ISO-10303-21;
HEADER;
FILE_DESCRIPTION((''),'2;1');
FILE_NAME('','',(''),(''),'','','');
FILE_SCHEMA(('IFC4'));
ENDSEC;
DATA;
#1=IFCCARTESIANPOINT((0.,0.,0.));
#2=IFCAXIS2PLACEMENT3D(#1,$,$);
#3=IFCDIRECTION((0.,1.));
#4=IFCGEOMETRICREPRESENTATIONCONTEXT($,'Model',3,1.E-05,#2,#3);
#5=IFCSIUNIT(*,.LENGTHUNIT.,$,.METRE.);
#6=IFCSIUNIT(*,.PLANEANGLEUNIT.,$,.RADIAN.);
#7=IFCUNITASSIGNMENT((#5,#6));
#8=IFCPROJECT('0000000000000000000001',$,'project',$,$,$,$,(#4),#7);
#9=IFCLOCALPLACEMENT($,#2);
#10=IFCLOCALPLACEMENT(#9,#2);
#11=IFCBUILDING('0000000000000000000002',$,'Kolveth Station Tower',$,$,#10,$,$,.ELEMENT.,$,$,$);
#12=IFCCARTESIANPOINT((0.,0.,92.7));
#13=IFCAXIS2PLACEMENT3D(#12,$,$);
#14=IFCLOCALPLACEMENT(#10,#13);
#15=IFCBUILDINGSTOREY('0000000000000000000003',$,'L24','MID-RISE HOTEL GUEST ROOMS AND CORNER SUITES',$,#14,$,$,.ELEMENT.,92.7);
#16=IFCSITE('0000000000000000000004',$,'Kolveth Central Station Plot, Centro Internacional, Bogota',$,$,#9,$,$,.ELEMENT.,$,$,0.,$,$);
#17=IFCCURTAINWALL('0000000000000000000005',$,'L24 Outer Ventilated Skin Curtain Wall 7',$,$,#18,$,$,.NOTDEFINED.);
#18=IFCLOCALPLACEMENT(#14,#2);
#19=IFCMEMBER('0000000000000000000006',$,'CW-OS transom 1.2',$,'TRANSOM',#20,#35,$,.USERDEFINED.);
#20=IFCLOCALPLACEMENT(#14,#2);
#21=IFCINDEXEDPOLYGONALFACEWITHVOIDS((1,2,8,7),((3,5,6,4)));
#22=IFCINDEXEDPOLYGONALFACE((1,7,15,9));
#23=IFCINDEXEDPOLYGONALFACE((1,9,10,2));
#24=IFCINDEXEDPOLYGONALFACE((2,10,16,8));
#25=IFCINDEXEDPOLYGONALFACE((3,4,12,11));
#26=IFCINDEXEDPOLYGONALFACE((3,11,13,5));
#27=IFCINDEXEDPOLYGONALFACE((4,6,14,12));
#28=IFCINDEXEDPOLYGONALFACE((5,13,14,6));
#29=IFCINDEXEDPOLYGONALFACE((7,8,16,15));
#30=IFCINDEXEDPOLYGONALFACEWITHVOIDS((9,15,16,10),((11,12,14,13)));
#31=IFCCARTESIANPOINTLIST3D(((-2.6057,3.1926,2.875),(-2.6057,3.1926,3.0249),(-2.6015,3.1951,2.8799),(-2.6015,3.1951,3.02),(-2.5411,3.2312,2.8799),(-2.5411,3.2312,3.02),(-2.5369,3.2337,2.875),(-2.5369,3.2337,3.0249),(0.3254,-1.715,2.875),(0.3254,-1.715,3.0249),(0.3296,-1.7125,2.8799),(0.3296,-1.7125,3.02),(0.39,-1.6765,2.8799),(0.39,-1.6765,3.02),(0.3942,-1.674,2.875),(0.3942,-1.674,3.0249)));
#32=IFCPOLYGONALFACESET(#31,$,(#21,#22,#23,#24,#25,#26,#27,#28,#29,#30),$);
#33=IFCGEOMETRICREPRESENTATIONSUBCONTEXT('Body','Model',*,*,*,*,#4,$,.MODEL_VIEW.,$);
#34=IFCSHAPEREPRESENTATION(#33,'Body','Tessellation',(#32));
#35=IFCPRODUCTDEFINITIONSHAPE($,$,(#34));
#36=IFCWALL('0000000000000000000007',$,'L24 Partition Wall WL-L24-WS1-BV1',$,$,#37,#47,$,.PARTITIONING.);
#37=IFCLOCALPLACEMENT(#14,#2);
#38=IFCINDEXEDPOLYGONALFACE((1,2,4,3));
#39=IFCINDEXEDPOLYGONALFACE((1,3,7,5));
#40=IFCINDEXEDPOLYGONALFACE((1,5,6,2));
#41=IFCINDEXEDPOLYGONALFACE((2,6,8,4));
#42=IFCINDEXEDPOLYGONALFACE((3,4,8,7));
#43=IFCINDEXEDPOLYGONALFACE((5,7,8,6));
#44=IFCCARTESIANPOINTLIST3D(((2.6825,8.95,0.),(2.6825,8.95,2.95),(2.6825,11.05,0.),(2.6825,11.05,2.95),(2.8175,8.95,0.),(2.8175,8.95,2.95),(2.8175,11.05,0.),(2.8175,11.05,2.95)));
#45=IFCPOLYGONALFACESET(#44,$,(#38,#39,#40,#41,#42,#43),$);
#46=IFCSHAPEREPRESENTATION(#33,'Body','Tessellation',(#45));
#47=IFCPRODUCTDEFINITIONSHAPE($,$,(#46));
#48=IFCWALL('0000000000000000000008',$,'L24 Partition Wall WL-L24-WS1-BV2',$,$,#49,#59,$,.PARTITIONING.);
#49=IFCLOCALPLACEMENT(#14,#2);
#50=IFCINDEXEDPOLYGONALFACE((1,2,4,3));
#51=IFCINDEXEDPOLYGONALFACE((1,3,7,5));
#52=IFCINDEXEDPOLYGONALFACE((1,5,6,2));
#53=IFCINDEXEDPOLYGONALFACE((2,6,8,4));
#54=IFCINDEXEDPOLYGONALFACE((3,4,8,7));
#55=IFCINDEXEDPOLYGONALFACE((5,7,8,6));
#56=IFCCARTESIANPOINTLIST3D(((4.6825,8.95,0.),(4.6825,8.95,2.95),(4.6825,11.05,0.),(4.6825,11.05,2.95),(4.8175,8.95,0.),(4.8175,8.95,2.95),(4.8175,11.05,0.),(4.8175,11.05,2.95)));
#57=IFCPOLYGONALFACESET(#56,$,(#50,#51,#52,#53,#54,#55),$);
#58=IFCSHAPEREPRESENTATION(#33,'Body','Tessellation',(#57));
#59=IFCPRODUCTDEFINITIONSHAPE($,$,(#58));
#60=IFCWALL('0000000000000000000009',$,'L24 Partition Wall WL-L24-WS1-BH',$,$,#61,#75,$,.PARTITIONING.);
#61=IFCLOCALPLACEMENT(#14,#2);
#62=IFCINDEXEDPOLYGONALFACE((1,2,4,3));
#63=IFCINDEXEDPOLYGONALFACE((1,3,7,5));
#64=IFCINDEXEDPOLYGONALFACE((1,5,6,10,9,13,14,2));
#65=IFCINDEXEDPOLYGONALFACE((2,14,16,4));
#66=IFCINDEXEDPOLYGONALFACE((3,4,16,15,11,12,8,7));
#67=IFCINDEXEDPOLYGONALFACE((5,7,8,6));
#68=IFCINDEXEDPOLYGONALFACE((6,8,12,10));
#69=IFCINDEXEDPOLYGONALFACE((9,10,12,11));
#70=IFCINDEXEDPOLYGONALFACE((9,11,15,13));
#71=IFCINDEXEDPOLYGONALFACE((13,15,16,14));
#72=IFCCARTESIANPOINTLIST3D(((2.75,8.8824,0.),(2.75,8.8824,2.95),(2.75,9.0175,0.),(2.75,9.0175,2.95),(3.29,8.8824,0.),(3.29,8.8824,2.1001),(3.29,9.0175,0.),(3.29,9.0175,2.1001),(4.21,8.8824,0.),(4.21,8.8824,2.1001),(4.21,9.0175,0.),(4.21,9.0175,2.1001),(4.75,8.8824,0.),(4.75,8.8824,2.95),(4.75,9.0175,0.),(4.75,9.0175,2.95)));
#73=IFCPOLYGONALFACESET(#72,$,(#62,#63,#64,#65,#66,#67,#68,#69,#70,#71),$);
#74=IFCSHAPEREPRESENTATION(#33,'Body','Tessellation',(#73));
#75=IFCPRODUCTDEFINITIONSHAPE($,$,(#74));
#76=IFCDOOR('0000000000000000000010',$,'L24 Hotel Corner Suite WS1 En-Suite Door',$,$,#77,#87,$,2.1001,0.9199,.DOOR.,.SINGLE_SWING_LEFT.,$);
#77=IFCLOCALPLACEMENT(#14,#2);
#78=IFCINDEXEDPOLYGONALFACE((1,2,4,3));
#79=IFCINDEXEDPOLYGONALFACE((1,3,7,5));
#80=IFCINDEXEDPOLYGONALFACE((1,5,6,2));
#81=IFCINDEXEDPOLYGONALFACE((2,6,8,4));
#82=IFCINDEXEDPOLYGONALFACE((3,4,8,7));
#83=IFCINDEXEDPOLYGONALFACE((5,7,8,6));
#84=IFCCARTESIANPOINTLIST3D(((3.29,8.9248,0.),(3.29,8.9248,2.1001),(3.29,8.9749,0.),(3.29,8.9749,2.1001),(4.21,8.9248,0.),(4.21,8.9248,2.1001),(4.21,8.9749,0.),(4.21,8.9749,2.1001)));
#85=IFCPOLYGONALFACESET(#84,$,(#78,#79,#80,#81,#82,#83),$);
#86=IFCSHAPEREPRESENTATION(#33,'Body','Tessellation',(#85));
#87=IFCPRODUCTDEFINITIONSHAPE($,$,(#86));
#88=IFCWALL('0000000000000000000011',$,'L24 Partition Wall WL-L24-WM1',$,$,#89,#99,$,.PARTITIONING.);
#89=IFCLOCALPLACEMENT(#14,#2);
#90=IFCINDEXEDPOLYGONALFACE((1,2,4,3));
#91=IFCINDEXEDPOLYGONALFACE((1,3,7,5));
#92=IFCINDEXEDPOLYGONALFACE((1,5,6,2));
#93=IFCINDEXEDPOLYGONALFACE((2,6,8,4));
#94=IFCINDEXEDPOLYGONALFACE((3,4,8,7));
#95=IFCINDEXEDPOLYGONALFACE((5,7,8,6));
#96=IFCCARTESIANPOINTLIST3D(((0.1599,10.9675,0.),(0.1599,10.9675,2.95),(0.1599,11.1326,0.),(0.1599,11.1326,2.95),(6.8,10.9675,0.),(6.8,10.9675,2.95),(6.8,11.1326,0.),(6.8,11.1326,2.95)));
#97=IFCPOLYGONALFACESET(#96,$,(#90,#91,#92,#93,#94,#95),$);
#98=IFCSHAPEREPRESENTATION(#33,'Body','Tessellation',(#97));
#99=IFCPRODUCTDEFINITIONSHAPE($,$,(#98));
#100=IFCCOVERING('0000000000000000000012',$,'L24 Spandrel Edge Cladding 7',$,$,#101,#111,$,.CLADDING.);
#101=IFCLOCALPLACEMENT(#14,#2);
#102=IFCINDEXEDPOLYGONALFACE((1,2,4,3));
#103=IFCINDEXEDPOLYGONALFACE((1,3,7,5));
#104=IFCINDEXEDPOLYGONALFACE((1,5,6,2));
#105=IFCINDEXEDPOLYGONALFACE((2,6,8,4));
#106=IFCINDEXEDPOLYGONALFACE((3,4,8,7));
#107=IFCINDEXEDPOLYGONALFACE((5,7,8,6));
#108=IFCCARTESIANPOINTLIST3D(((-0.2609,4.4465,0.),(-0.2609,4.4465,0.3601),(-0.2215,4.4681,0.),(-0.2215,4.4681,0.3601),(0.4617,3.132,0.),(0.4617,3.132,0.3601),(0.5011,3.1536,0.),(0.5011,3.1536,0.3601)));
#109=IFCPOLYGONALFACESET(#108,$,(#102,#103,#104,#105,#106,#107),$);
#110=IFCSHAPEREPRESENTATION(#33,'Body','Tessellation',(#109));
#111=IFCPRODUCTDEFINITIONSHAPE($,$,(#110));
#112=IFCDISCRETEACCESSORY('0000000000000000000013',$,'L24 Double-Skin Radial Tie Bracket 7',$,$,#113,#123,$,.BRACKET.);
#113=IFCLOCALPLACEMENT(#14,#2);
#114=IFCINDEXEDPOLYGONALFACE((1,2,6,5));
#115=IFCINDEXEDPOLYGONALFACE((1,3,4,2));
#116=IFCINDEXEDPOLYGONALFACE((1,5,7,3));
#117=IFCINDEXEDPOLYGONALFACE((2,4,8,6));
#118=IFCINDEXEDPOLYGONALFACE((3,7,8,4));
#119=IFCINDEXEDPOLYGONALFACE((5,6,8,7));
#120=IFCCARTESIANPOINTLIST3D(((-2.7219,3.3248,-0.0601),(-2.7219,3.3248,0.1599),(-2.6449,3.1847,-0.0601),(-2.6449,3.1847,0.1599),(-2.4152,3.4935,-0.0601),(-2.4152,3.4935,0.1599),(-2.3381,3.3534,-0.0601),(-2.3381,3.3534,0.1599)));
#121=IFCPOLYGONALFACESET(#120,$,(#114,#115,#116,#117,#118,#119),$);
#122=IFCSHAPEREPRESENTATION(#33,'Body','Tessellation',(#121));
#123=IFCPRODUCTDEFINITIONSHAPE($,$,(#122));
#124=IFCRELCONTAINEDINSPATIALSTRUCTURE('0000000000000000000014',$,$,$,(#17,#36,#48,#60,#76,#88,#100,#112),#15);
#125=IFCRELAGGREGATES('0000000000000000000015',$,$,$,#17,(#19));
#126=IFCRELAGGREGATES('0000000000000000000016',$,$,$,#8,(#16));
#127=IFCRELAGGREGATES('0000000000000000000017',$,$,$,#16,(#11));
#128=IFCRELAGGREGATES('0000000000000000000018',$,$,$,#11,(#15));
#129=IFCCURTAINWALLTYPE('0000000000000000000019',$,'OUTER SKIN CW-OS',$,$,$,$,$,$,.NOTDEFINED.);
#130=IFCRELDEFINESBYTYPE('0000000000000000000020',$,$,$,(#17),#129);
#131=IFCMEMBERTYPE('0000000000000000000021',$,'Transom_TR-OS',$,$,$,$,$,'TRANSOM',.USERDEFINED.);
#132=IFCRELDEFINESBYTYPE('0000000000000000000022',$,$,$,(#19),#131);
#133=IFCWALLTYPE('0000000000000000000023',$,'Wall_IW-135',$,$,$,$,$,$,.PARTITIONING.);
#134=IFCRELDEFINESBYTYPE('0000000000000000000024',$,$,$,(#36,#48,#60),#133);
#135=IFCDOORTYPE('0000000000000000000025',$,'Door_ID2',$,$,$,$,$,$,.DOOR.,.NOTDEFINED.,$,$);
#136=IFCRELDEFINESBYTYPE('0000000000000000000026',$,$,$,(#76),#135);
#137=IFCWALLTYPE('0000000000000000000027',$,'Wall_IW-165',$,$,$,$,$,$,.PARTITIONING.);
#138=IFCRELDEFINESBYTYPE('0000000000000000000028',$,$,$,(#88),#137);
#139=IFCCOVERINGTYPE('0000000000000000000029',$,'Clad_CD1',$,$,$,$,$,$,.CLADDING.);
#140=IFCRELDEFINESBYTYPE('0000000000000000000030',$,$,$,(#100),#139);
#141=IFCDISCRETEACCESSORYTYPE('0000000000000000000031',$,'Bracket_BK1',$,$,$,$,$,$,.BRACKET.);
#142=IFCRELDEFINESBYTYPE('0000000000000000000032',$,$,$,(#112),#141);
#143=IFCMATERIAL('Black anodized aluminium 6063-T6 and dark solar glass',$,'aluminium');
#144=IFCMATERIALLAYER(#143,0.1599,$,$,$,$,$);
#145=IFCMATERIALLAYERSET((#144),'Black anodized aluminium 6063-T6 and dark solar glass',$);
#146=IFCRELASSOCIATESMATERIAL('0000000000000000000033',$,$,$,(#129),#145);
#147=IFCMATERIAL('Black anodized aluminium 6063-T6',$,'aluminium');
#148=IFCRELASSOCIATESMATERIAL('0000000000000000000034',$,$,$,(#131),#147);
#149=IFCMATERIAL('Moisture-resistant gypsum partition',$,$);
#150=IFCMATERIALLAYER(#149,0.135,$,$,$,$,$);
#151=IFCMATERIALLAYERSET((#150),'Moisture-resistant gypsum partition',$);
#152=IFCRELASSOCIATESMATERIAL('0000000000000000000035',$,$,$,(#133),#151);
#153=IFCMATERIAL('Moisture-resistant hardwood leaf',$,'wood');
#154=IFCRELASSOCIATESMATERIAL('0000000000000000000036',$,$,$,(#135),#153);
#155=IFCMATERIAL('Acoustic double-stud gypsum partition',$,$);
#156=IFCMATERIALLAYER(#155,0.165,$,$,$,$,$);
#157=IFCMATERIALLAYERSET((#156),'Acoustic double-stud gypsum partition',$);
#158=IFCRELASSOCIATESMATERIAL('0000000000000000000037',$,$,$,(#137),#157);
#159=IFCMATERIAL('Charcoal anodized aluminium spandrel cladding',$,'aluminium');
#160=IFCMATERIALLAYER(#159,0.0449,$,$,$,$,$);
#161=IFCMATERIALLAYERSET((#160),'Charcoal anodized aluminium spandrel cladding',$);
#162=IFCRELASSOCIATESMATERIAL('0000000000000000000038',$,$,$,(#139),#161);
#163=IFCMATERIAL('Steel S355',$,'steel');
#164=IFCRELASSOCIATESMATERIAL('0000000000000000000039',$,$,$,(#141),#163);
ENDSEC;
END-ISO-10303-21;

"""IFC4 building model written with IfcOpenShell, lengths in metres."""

from ifc_helpers import new_model, si_unit, direction, frame, frame_2d, origin, origin_2d, place, context, subcontext, project, spatial, rectangle, hollow_rectangle, extrude, source, transform, mapped, material, layer, layer_set, material_profile, profile_set, type_object, element, fill, aggregate, save


model = new_model("IFC4")

# Units and contexts
model_context = context("Model", 3, precision=1e-05, world=origin(), true_north=direction((0.0, 1.0)))
body_context = subcontext(model_context, "Body", "Model", "MODEL_VIEW")
ifc_project = project(units=[si_unit("LENGTHUNIT", "METRE"), si_unit("PLANEANGLEUNIT", "RADIAN")], contexts=[model_context])

# Site, building, storey
site_placement = place(None, origin())
site = spatial("IfcSite", under=ifc_project, at=site_placement, Name="Kolveth Central Station Plot, Centro Internacional, Bogota", CompositionType="ELEMENT", RefElevation=0.0)
building_placement = place(site_placement, origin())
building = spatial("IfcBuilding", under=site, at=building_placement, Name="Kolveth Station Tower", CompositionType="ELEMENT")
storey_placement = place(building_placement, frame((0.0, 0.0, 92.7)))
storey = spatial("IfcBuildingStorey", under=building, at=storey_placement, Name="L24", Description="MID-RISE HOTEL GUEST ROOMS AND CORNER SUITES", CompositionType="ELEMENT", Elevation=92.7)

# Shared definitions
ifc_material_1 = material(Name="Steel S355", Category="steel")

# Shared definitions
ifc_material_2 = material(Name="Black anodized aluminium 6063-T6", Category="aluminium")

# Shared definitions
ifc_material_3 = material(Name="Black anodized aluminium 6063-T6 and dark solar glass", Category="aluminium")
ifc_layer_1 = layer(ifc_material_3, 0.1599)
ifc_layer_set_1 = layer_set([ifc_layer_1], Name="Black anodized aluminium 6063-T6 and dark solar glass")
curtain_wall_type_1 = type_object("IfcCurtainWallType", Name="OUTER SKIN CW-OS", PredefinedType="NOTDEFINED", material=ifc_layer_set_1)

# Curtain wall, member
curtain_wall_1_placement = place(storey_placement, origin())
curtain_wall_1 = element("IfcCurtainWall", 1, at=curtain_wall_1_placement, inside=storey, type_object=curtain_wall_type_1, Name="L24 Outer Ventilated Skin Curtain Wall 7", PredefinedType="NOTDEFINED")
ifc_material_profile_1 = material_profile(ifc_material_2, hollow_rectangle(XDim=0.0801, YDim=0.1499, WallThickness=0.0049, at=origin_2d()), Name="ALU-80x150x5")
ifc_profile_set_1 = profile_set([ifc_material_profile_1], Name="Black anodized aluminium 6063-T6")
member_type_1 = type_object("IfcMemberType", Name="Transom_TR-OS", ElementType="TRANSOM", PredefinedType="USERDEFINED", material=ifc_profile_set_1)
shared_shape_1 = source(origin(), body_context, "Body", "SweptSolid", [
    extrude(hollow_rectangle(XDim=0.0801, YDim=0.1499, WallThickness=0.0049, at=origin_2d()), origin(), (0.0, 0.0, 1.0), 5.7163),
])
member_1_placement = place(storey_placement, frame((-2.5713, 3.2131, 2.95), z_axis=(0.512761, -0.858531, 0.0), x_axis=(0.858531, 0.512761, 0.0)))
member_1 = element("IfcMember", 2, at=member_1_placement, type_object=member_type_1, Name="CW-OS transom 1.2", ObjectType="TRANSOM", PredefinedType="USERDEFINED", context=body_context, shape_type="MappedRepresentation", body=[
    mapped(shared_shape_1, transform((0.0, 0.0, 0.0), x_axis=(1.0, 0.0, 0.0), y_axis=(0.0, 1.0, 0.0), z_axis=(0.0, 0.0, 1.0), scale=1.0)),
])
aggregate(curtain_wall_1, [member_1])

# Walls
ifc_material_4 = material(Name="Moisture-resistant gypsum partition")
ifc_layer_2 = layer(ifc_material_4, 0.135)
ifc_layer_set_2 = layer_set([ifc_layer_2], Name="Moisture-resistant gypsum partition")
wall_type_1 = type_object("IfcWallType", Name="Wall_IW-135", PredefinedType="PARTITIONING", material=ifc_layer_set_2)
for number, where, z_axis, x_axis, name in (
    (3, (2.75, 8.95, 0.0), (0.0, 0.0, 1.0), (0.0, 1.0, 0.0), "L24 Partition Wall WL-L24-WS1-BV1"),
    (4, (4.75, 8.95, 0.0), (0.0, 0.0, 1.0), (0.0, 1.0, 0.0), "L24 Partition Wall WL-L24-WS1-BV2"),
):
    element("IfcWall", number, at=place(storey_placement, frame(where, z_axis=z_axis, x_axis=x_axis)), inside=storey, type_object=wall_type_1, Name=name, PredefinedType="PARTITIONING", context=body_context, shape_type="SweptSolid", body=[
        extrude(rectangle(XDim=2.1001, YDim=0.135, at=frame_2d((1.05, 0.0))), origin(), (0.0, 0.0, 1.0), 2.95),
    ])

# Wall, opening, door
wall_1_placement = place(storey_placement, frame((2.75, 8.95, 0.0), z_axis=(0.0, 0.0, 1.0), x_axis=(1.0, 0.0, 0.0)))
wall_1 = element("IfcWall", 5, at=wall_1_placement, inside=storey, type_object=wall_type_1, Name="L24 Partition Wall WL-L24-WS1-BH", PredefinedType="PARTITIONING", context=body_context, shape_type="SweptSolid", body=[
    extrude(rectangle(XDim=2.0, YDim=0.135, at=frame_2d((1.0, 0.0))), origin(), (0.0, 0.0, 1.0), 2.95),
])
opening_placement = place(wall_1_placement, frame((0.54, 0.0, 0.0)))
opening = element("IfcOpeningElement", 6, at=opening_placement, cuts=wall_1, PredefinedType="OPENING", context=body_context, shape_type="SweptSolid", body=[
    extrude(rectangle(XDim=0.9199, YDim=2.1001, at=frame_2d((0.46, 1.05))), frame((0.0, 0.0774, 0.0), z_axis=(0.0, -1.0, 0.0), x_axis=(1.0, 0.0, 0.0)), (0.0, 0.0, 1.0), 0.155),
])
ifc_material_5 = material(Name="Moisture-resistant hardwood leaf", Category="wood")
door_type = type_object("IfcDoorType", Name="Door_ID2", OperationType="NOTDEFINED", PredefinedType="DOOR", material=ifc_material_5)
door_placement = place(opening_placement, origin())
door = element("IfcDoor", 7, at=door_placement, inside=storey, type_object=door_type, Name="L24 Hotel Corner Suite WS1 En-Suite Door", OperationType="SINGLE_SWING_LEFT", OverallHeight=2.1001, OverallWidth=0.9199, PredefinedType="DOOR", context=body_context, shape_type="SweptSolid", body=[
    extrude(rectangle(XDim=0.9199, YDim=2.1001, at=frame_2d((0.46, 1.05))), frame((0.0, 0.0249, 0.0), z_axis=(0.0, -1.0, 0.0), x_axis=(1.0, 0.0, 0.0)), (0.0, 0.0, 1.0), 0.05),
])
fill(opening, door)

# Wall
ifc_material_6 = material(Name="Acoustic double-stud gypsum partition")
ifc_layer_3 = layer(ifc_material_6, 0.165)
ifc_layer_set_3 = layer_set([ifc_layer_3], Name="Acoustic double-stud gypsum partition")
wall_type_2 = type_object("IfcWallType", Name="Wall_IW-165", PredefinedType="PARTITIONING", material=ifc_layer_set_3)
wall_2_placement = place(storey_placement, frame((0.1599, 11.05, 0.0), z_axis=(0.0, 0.0, 1.0), x_axis=(1.0, 0.0, 0.0)))
element("IfcWall", 8, at=wall_2_placement, inside=storey, type_object=wall_type_2, Name="L24 Partition Wall WL-L24-WM1", PredefinedType="PARTITIONING", context=body_context, shape_type="SweptSolid", body=[
    extrude(rectangle(XDim=6.6401, YDim=0.165, at=frame_2d((3.3201, 0.0))), origin(), (0.0, 0.0, 1.0), 2.95),
])

# Covering
ifc_material_7 = material(Name="Charcoal anodized aluminium spandrel cladding", Category="aluminium")
ifc_layer_4 = layer(ifc_material_7, 0.0449)
ifc_layer_set_4 = layer_set([ifc_layer_4], Name="Charcoal anodized aluminium spandrel cladding")
covering_type = type_object("IfcCoveringType", Name="Clad_CD1", PredefinedType="CLADDING", material=ifc_layer_set_4)
shared_shape_2 = source(origin(), body_context, "Body", "SweptSolid", [
    extrude(rectangle(XDim=1.5, YDim=0.0449, at=origin_2d()), origin(), (0.0, 0.0, 1.0), 0.3601),
])
covering_placement = place(storey_placement, frame((0.1201, 3.8, 0.0), z_axis=(0.0, 0.0, 1.0), x_axis=(0.481754, -0.876307, 0.0)))
element("IfcCovering", 9, at=covering_placement, inside=storey, type_object=covering_type, Name="L24 Spandrel Edge Cladding 7", PredefinedType="CLADDING", context=body_context, shape_type="MappedRepresentation", body=[
    mapped(shared_shape_2, transform((0.0, 0.0, 0.0), x_axis=(1.0, 0.0, 0.0), y_axis=(0.0, 1.0, 0.0), z_axis=(0.0, 0.0, 1.0), scale=1.0)),
])

# Discrete accessory
discrete_accessory_type = type_object("IfcDiscreteAccessoryType", Name="Bracket_BK1", PredefinedType="BRACKET", material=ifc_material_1)
shared_shape_3 = source(origin(), body_context, "Body", "SweptSolid", [
    extrude(rectangle(XDim=0.3501, YDim=0.1599, at=origin_2d()), origin(), (0.0, 0.0, 1.0), 0.22),
])
discrete_accessory_placement = place(storey_placement, frame((-2.53, 3.3391, -0.0601), z_axis=(0.0, 0.0, 1.0), x_axis=(-0.876307, -0.481754, 0.0)))
element("IfcDiscreteAccessory", 10, at=discrete_accessory_placement, inside=storey, type_object=discrete_accessory_type, Name="L24 Double-Skin Radial Tie Bracket 7", PredefinedType="BRACKET", context=body_context, shape_type="MappedRepresentation", body=[
    mapped(shared_shape_3, transform((0.0, 0.0, 0.0), x_axis=(1.0, 0.0, 0.0), y_axis=(0.0, 1.0, 0.0), z_axis=(0.0, 0.0, 1.0), scale=1.0)),
])

save(model, "model.ifc")
